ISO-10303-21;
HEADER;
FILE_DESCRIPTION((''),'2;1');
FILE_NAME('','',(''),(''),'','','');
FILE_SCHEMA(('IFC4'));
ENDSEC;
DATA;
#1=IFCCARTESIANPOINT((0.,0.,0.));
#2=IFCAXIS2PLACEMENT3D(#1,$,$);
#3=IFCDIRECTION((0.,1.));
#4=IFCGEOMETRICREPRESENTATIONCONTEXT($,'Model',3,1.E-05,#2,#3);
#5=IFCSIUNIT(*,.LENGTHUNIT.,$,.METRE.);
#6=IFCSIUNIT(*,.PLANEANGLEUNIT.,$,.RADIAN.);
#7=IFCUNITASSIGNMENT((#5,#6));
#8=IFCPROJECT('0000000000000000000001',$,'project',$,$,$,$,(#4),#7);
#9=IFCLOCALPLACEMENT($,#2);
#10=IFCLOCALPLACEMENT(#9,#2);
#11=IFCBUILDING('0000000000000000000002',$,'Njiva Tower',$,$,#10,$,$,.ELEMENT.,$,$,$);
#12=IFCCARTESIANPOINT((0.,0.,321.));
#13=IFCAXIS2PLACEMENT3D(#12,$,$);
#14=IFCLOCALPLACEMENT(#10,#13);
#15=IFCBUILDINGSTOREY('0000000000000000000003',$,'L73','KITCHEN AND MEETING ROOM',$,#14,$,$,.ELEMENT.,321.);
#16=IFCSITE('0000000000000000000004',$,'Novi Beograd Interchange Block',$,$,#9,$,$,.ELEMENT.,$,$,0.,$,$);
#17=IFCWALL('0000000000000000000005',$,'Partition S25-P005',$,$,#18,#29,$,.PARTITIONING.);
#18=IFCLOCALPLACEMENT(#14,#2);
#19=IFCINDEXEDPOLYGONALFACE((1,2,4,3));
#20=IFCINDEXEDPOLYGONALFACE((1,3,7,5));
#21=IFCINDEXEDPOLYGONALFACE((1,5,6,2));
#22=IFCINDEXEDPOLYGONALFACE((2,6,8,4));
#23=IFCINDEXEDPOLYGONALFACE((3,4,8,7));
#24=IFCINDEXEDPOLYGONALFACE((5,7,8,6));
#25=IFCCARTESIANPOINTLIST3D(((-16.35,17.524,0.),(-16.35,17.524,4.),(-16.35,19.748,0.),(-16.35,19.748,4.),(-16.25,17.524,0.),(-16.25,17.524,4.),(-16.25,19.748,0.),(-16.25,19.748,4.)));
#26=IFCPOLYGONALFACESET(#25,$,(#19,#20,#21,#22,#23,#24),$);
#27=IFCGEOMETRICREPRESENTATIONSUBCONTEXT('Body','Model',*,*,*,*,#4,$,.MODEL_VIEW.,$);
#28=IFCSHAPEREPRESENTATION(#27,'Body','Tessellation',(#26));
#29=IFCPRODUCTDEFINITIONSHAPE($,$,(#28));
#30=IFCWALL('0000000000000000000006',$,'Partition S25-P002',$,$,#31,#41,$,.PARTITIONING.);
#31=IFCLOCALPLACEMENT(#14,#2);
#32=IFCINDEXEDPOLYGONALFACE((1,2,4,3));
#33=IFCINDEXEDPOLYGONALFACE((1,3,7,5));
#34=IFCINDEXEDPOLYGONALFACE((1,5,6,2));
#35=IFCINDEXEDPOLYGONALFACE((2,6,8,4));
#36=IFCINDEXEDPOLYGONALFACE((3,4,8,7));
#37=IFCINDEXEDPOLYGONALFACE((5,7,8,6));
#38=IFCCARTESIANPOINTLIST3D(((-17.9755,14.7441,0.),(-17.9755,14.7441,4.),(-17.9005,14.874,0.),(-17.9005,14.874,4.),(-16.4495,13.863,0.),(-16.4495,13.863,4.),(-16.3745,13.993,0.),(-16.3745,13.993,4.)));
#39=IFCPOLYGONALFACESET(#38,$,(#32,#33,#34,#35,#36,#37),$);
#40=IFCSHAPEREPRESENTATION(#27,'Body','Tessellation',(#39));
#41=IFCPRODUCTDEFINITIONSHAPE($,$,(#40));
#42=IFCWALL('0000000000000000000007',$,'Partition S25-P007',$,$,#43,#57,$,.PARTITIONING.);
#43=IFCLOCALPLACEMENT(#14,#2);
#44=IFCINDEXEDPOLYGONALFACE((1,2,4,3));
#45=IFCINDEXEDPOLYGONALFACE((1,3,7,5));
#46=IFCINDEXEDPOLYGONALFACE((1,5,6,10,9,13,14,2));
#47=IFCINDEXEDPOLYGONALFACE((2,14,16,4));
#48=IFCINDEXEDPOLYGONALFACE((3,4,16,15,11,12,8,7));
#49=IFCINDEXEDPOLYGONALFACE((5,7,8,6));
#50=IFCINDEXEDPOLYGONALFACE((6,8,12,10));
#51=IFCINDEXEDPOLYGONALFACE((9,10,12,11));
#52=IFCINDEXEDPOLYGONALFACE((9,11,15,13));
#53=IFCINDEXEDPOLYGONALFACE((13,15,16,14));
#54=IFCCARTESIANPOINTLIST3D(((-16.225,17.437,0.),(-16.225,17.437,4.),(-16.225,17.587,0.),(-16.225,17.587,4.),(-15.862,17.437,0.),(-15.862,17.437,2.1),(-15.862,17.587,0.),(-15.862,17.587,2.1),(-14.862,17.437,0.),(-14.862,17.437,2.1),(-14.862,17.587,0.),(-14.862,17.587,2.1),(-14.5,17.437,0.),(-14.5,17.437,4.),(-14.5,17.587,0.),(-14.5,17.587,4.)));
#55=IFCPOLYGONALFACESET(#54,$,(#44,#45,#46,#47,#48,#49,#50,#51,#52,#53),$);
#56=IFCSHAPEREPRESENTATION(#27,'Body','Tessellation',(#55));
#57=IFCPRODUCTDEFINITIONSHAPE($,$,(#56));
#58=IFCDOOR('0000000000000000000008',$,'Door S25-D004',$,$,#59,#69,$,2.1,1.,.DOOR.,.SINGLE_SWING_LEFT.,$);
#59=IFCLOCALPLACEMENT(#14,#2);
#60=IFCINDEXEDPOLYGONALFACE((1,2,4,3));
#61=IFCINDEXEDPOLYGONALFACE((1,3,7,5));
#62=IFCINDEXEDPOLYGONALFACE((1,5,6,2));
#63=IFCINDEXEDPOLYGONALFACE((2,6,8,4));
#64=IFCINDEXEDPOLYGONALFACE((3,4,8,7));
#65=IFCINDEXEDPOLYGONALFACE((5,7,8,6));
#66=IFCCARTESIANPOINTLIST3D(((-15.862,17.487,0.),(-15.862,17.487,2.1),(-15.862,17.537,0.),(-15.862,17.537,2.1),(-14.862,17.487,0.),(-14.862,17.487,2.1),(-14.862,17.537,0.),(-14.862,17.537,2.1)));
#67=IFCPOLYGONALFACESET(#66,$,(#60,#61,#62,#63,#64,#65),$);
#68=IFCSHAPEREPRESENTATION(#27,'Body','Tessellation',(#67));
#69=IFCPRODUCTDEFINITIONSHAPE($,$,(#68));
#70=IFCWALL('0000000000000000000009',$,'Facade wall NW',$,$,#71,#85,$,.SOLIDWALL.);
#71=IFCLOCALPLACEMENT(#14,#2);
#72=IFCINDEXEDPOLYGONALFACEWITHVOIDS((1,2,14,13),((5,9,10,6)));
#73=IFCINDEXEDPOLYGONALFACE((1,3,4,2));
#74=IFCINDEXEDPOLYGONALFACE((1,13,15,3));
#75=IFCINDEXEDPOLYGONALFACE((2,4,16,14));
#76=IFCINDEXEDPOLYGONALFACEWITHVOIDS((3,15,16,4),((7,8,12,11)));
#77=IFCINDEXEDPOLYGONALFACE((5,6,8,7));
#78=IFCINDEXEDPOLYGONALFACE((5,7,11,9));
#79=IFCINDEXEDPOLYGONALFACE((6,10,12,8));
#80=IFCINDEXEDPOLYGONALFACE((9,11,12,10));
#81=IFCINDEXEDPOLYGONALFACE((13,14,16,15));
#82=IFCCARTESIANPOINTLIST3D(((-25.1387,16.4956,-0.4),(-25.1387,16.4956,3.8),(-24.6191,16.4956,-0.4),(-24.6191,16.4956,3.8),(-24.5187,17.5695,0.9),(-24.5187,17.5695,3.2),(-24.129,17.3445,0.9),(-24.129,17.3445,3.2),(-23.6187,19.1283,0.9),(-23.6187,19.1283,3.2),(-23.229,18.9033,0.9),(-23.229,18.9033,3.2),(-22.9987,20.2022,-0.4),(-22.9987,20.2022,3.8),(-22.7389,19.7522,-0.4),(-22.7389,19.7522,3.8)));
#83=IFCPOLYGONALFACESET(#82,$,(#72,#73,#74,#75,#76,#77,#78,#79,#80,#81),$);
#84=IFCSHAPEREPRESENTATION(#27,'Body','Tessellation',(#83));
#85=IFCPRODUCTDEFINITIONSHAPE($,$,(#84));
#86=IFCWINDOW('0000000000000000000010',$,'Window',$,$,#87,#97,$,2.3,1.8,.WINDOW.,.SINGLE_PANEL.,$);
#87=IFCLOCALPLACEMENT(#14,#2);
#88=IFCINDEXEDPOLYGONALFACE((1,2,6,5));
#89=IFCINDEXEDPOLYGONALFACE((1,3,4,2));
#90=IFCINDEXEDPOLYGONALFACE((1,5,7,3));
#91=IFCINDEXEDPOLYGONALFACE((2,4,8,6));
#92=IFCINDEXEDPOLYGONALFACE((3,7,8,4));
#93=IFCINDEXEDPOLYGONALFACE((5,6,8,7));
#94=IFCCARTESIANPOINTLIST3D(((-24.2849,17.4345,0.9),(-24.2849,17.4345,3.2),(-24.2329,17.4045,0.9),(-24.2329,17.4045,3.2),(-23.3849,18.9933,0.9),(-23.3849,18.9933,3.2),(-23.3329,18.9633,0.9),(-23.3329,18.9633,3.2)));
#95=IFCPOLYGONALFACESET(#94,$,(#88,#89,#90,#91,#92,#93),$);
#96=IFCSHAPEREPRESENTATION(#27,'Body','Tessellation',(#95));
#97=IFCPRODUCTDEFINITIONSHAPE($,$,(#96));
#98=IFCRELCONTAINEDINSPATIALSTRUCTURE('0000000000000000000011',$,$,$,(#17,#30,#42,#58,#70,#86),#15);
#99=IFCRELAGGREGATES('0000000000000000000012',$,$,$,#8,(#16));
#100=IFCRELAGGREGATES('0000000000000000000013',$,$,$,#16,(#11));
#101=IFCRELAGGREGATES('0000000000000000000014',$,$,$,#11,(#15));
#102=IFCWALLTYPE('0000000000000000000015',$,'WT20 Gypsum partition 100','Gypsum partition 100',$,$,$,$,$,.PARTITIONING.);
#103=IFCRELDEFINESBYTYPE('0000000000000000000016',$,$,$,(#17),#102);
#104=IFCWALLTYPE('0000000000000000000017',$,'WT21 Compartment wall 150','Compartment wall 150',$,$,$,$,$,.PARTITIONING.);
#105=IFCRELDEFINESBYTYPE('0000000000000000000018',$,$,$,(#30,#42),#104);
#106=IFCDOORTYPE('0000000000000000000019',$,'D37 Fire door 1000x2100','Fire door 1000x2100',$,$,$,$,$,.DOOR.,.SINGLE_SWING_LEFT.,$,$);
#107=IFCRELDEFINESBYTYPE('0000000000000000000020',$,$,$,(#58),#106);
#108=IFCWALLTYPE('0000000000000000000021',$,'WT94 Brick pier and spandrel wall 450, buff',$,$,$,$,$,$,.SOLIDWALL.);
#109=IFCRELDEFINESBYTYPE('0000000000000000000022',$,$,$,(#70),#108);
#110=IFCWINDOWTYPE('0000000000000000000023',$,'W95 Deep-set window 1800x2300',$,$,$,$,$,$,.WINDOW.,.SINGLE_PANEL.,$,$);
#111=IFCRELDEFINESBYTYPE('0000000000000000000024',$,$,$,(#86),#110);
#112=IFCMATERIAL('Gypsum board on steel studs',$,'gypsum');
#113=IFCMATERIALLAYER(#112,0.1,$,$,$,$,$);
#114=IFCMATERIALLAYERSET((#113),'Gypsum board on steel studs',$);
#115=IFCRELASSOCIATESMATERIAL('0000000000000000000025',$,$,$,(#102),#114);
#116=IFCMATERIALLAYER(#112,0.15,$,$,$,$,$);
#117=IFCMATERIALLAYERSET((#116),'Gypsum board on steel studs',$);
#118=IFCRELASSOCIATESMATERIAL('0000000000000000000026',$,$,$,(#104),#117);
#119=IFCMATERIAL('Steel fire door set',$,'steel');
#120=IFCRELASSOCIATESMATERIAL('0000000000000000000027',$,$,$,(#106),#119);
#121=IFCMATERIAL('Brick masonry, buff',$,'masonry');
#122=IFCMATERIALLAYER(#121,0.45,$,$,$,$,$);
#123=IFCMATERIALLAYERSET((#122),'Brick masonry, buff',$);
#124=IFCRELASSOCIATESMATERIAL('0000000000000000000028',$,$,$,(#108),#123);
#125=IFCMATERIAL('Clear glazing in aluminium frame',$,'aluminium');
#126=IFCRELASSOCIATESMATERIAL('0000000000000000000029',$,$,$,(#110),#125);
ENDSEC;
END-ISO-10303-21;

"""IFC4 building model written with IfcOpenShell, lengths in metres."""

from ifc_helpers import new_model, si_unit, direction, frame, frame_2d, origin, place, context, subcontext, project, spatial, polyline, rectangle, outline, extrude, material, layer, layer_set, type_object, element, fill, save


model = new_model("IFC4")

# Units and contexts
model_context = context("Model", 3, precision=1e-05, world=origin(), true_north=direction((0.0, 1.0)))
body_context = subcontext(model_context, "Body", "Model", "MODEL_VIEW")
ifc_project = project(units=[si_unit("LENGTHUNIT", "METRE"), si_unit("PLANEANGLEUNIT", "RADIAN")], contexts=[model_context])

# Site, building, storey
site_placement = place(None, origin())
site = spatial("IfcSite", under=ifc_project, at=site_placement, Name="Novi Beograd Interchange Block", CompositionType="ELEMENT", RefElevation=0.0)
building_placement = place(site_placement, origin())
building = spatial("IfcBuilding", under=site, at=building_placement, Name="Njiva Tower", CompositionType="ELEMENT")
storey_placement = place(building_placement, frame((0.0, 0.0, 321.0)))
storey = spatial("IfcBuildingStorey", under=building, at=storey_placement, Name="L73", Description="KITCHEN AND MEETING ROOM", CompositionType="ELEMENT", Elevation=321.0)

# Walls
ifc_material_1 = material(Name="Gypsum board on steel studs", Category="gypsum")
ifc_layer_1 = layer(ifc_material_1, 0.1)
ifc_layer_set_1 = layer_set([ifc_layer_1], Name="Gypsum board on steel studs")
wall_type_1 = type_object("IfcWallType", Name="WT20 Gypsum partition 100", Description="Gypsum partition 100", PredefinedType="PARTITIONING", material=ifc_layer_set_1)
wall_1_placement = place(storey_placement, frame((-16.3, 17.524, 0.0), z_axis=(0.0, 0.0, 1.0), x_axis=(0.0, 1.0, 0.0)))
element("IfcWall", 1, at=wall_1_placement, inside=storey, type_object=wall_type_1, Name="Partition S25-P005", PredefinedType="PARTITIONING", context=body_context, shape_type="SweptSolid", body=[
    extrude(rectangle(XDim=2.224, YDim=0.1, at=frame_2d((1.112, 0.0))), origin(), (0.0, 0.0, 1.0), 4.0),
])
ifc_layer_2 = layer(ifc_material_1, 0.15)
ifc_layer_set_2 = layer_set([ifc_layer_2], Name="Gypsum board on steel studs")
wall_type_2 = type_object("IfcWallType", Name="WT21 Compartment wall 150", Description="Compartment wall 150", PredefinedType="PARTITIONING", material=ifc_layer_set_2)
wall_2_placement = place(storey_placement, frame((-17.938, 14.809, 0.0), z_axis=(0.0, 0.0, 1.0), x_axis=(0.866034, -0.499984, 0.0)))
element("IfcWall", 2, at=wall_2_placement, inside=storey, type_object=wall_type_2, Name="Partition S25-P002", PredefinedType="PARTITIONING", context=body_context, shape_type="SweptSolid", body=[
    extrude(rectangle(XDim=1.7621, YDim=0.15, at=frame_2d((0.881, 0.0))), origin(), (0.0, 0.0, 1.0), 4.0),
])

# Wall, opening, door
wall_3_placement = place(storey_placement, frame((-16.225, 17.512, 0.0), z_axis=(0.0, 0.0, 1.0), x_axis=(1.0, 0.0, 0.0)))
wall_3 = element("IfcWall", 3, at=wall_3_placement, inside=storey, type_object=wall_type_2, Name="Partition S25-P007", PredefinedType="PARTITIONING", context=body_context, shape_type="SweptSolid", body=[
    extrude(rectangle(XDim=1.725, YDim=0.15, at=frame_2d((0.8625, 0.0))), origin(), (0.0, 0.0, 1.0), 4.0),
])
opening_1_placement = place(wall_3_placement, frame((0.363, 0.0, 0.0)))
opening_1 = element("IfcOpeningElement", 4, at=opening_1_placement, cuts=wall_3, PredefinedType="OPENING", context=body_context, shape_type="SweptSolid", body=[
    extrude(rectangle(XDim=1.0, YDim=2.1, at=frame_2d((0.5, 1.05))), frame((0.0, 0.085, 0.0), z_axis=(0.0, -1.0, 0.0), x_axis=(1.0, 0.0, 0.0)), (0.0, 0.0, 1.0), 0.17),
])
ifc_material_2 = material(Name="Steel fire door set", Category="steel")
door_type = type_object("IfcDoorType", Name="D37 Fire door 1000x2100", Description="Fire door 1000x2100", OperationType="SINGLE_SWING_LEFT", PredefinedType="DOOR", material=ifc_material_2)
door_placement = place(opening_1_placement, origin())
door = element("IfcDoor", 5, at=door_placement, inside=storey, type_object=door_type, Name="Door S25-D004", OperationType="SINGLE_SWING_LEFT", OverallHeight=2.1, OverallWidth=1.0, PredefinedType="DOOR", context=body_context, shape_type="SweptSolid", body=[
    extrude(rectangle(XDim=1.0, YDim=2.1, at=frame_2d((0.5, 1.05))), frame((0.0, 0.025, 0.0), z_axis=(0.0, -1.0, 0.0), x_axis=(1.0, 0.0, 0.0)), (0.0, 0.0, 1.0), 0.05),
])
fill(opening_1, door)

# Shared definitions
ifc_material_3 = material(Name="Clear glazing in aluminium frame", Category="aluminium")

# Wall, opening, window
ifc_material_4 = material(Name="Brick masonry, buff", Category="masonry")
ifc_layer_3 = layer(ifc_material_4, 0.45)
ifc_layer_set_3 = layer_set([ifc_layer_3], Name="Brick masonry, buff")
wall_type_3 = type_object("IfcWallType", Name="WT94 Brick pier and spandrel wall 450, buff", PredefinedType="SOLIDWALL", material=ifc_layer_set_3)
wall_4_placement = place(storey_placement, frame((-22.8688, 19.9772, -0.4), z_axis=(0.0, 0.0, 1.0), x_axis=(-0.499999, -0.866026, 0.0)))
wall_4 = element("IfcWall", 6, at=wall_4_placement, inside=storey, type_object=wall_type_3, Name="Facade wall NW", PredefinedType="SOLIDWALL", context=body_context, shape_type="SweptSolid", body=[
    extrude(outline(polyline([(-0.1299, -0.225), (4.1501, -0.225), (3.8903, 0.225), (0.1299, 0.225), (-0.1299, -0.225)])), origin(), (0.0, 0.0, 1.0), 4.2),
])
opening_2_placement = place(wall_4_placement, frame((1.1101, 0.0, 1.3)))
opening_2 = element("IfcOpeningElement", 7, at=opening_2_placement, cuts=wall_4, PredefinedType="OPENING", context=body_context, shape_type="SweptSolid", body=[
    extrude(rectangle(XDim=1.8, YDim=2.3, at=frame_2d((0.9, 1.15))), frame((0.0, 0.235, 0.0), z_axis=(0.0, -1.0, 0.0), x_axis=(1.0, 0.0, 0.0)), (0.0, 0.0, 1.0), 0.47),
])
window_type_1 = type_object("IfcWindowType", Name="W95 Deep-set window 1800x2300", PartitioningType="SINGLE_PANEL", PredefinedType="WINDOW", material=ifc_material_3)
window_1_placement = place(opening_2_placement, origin())
window_1 = element("IfcWindow", 8, at=window_1_placement, inside=storey, type_object=window_type_1, Name="Window", OverallHeight=2.3, OverallWidth=1.8, PartitioningType="SINGLE_PANEL", PredefinedType="WINDOW", context=body_context, shape_type="SweptSolid", body=[
    extrude(rectangle(XDim=1.8, YDim=2.3, at=frame_2d((0.9, 1.15))), frame((0.0, 0.105, 0.0), z_axis=(0.0, -1.0, 0.0), x_axis=(1.0, 0.0, 0.0)), (0.0, 0.0, 1.0), 0.06),
])
fill(opening_2, window_1)

save(model, "model.ifc")
